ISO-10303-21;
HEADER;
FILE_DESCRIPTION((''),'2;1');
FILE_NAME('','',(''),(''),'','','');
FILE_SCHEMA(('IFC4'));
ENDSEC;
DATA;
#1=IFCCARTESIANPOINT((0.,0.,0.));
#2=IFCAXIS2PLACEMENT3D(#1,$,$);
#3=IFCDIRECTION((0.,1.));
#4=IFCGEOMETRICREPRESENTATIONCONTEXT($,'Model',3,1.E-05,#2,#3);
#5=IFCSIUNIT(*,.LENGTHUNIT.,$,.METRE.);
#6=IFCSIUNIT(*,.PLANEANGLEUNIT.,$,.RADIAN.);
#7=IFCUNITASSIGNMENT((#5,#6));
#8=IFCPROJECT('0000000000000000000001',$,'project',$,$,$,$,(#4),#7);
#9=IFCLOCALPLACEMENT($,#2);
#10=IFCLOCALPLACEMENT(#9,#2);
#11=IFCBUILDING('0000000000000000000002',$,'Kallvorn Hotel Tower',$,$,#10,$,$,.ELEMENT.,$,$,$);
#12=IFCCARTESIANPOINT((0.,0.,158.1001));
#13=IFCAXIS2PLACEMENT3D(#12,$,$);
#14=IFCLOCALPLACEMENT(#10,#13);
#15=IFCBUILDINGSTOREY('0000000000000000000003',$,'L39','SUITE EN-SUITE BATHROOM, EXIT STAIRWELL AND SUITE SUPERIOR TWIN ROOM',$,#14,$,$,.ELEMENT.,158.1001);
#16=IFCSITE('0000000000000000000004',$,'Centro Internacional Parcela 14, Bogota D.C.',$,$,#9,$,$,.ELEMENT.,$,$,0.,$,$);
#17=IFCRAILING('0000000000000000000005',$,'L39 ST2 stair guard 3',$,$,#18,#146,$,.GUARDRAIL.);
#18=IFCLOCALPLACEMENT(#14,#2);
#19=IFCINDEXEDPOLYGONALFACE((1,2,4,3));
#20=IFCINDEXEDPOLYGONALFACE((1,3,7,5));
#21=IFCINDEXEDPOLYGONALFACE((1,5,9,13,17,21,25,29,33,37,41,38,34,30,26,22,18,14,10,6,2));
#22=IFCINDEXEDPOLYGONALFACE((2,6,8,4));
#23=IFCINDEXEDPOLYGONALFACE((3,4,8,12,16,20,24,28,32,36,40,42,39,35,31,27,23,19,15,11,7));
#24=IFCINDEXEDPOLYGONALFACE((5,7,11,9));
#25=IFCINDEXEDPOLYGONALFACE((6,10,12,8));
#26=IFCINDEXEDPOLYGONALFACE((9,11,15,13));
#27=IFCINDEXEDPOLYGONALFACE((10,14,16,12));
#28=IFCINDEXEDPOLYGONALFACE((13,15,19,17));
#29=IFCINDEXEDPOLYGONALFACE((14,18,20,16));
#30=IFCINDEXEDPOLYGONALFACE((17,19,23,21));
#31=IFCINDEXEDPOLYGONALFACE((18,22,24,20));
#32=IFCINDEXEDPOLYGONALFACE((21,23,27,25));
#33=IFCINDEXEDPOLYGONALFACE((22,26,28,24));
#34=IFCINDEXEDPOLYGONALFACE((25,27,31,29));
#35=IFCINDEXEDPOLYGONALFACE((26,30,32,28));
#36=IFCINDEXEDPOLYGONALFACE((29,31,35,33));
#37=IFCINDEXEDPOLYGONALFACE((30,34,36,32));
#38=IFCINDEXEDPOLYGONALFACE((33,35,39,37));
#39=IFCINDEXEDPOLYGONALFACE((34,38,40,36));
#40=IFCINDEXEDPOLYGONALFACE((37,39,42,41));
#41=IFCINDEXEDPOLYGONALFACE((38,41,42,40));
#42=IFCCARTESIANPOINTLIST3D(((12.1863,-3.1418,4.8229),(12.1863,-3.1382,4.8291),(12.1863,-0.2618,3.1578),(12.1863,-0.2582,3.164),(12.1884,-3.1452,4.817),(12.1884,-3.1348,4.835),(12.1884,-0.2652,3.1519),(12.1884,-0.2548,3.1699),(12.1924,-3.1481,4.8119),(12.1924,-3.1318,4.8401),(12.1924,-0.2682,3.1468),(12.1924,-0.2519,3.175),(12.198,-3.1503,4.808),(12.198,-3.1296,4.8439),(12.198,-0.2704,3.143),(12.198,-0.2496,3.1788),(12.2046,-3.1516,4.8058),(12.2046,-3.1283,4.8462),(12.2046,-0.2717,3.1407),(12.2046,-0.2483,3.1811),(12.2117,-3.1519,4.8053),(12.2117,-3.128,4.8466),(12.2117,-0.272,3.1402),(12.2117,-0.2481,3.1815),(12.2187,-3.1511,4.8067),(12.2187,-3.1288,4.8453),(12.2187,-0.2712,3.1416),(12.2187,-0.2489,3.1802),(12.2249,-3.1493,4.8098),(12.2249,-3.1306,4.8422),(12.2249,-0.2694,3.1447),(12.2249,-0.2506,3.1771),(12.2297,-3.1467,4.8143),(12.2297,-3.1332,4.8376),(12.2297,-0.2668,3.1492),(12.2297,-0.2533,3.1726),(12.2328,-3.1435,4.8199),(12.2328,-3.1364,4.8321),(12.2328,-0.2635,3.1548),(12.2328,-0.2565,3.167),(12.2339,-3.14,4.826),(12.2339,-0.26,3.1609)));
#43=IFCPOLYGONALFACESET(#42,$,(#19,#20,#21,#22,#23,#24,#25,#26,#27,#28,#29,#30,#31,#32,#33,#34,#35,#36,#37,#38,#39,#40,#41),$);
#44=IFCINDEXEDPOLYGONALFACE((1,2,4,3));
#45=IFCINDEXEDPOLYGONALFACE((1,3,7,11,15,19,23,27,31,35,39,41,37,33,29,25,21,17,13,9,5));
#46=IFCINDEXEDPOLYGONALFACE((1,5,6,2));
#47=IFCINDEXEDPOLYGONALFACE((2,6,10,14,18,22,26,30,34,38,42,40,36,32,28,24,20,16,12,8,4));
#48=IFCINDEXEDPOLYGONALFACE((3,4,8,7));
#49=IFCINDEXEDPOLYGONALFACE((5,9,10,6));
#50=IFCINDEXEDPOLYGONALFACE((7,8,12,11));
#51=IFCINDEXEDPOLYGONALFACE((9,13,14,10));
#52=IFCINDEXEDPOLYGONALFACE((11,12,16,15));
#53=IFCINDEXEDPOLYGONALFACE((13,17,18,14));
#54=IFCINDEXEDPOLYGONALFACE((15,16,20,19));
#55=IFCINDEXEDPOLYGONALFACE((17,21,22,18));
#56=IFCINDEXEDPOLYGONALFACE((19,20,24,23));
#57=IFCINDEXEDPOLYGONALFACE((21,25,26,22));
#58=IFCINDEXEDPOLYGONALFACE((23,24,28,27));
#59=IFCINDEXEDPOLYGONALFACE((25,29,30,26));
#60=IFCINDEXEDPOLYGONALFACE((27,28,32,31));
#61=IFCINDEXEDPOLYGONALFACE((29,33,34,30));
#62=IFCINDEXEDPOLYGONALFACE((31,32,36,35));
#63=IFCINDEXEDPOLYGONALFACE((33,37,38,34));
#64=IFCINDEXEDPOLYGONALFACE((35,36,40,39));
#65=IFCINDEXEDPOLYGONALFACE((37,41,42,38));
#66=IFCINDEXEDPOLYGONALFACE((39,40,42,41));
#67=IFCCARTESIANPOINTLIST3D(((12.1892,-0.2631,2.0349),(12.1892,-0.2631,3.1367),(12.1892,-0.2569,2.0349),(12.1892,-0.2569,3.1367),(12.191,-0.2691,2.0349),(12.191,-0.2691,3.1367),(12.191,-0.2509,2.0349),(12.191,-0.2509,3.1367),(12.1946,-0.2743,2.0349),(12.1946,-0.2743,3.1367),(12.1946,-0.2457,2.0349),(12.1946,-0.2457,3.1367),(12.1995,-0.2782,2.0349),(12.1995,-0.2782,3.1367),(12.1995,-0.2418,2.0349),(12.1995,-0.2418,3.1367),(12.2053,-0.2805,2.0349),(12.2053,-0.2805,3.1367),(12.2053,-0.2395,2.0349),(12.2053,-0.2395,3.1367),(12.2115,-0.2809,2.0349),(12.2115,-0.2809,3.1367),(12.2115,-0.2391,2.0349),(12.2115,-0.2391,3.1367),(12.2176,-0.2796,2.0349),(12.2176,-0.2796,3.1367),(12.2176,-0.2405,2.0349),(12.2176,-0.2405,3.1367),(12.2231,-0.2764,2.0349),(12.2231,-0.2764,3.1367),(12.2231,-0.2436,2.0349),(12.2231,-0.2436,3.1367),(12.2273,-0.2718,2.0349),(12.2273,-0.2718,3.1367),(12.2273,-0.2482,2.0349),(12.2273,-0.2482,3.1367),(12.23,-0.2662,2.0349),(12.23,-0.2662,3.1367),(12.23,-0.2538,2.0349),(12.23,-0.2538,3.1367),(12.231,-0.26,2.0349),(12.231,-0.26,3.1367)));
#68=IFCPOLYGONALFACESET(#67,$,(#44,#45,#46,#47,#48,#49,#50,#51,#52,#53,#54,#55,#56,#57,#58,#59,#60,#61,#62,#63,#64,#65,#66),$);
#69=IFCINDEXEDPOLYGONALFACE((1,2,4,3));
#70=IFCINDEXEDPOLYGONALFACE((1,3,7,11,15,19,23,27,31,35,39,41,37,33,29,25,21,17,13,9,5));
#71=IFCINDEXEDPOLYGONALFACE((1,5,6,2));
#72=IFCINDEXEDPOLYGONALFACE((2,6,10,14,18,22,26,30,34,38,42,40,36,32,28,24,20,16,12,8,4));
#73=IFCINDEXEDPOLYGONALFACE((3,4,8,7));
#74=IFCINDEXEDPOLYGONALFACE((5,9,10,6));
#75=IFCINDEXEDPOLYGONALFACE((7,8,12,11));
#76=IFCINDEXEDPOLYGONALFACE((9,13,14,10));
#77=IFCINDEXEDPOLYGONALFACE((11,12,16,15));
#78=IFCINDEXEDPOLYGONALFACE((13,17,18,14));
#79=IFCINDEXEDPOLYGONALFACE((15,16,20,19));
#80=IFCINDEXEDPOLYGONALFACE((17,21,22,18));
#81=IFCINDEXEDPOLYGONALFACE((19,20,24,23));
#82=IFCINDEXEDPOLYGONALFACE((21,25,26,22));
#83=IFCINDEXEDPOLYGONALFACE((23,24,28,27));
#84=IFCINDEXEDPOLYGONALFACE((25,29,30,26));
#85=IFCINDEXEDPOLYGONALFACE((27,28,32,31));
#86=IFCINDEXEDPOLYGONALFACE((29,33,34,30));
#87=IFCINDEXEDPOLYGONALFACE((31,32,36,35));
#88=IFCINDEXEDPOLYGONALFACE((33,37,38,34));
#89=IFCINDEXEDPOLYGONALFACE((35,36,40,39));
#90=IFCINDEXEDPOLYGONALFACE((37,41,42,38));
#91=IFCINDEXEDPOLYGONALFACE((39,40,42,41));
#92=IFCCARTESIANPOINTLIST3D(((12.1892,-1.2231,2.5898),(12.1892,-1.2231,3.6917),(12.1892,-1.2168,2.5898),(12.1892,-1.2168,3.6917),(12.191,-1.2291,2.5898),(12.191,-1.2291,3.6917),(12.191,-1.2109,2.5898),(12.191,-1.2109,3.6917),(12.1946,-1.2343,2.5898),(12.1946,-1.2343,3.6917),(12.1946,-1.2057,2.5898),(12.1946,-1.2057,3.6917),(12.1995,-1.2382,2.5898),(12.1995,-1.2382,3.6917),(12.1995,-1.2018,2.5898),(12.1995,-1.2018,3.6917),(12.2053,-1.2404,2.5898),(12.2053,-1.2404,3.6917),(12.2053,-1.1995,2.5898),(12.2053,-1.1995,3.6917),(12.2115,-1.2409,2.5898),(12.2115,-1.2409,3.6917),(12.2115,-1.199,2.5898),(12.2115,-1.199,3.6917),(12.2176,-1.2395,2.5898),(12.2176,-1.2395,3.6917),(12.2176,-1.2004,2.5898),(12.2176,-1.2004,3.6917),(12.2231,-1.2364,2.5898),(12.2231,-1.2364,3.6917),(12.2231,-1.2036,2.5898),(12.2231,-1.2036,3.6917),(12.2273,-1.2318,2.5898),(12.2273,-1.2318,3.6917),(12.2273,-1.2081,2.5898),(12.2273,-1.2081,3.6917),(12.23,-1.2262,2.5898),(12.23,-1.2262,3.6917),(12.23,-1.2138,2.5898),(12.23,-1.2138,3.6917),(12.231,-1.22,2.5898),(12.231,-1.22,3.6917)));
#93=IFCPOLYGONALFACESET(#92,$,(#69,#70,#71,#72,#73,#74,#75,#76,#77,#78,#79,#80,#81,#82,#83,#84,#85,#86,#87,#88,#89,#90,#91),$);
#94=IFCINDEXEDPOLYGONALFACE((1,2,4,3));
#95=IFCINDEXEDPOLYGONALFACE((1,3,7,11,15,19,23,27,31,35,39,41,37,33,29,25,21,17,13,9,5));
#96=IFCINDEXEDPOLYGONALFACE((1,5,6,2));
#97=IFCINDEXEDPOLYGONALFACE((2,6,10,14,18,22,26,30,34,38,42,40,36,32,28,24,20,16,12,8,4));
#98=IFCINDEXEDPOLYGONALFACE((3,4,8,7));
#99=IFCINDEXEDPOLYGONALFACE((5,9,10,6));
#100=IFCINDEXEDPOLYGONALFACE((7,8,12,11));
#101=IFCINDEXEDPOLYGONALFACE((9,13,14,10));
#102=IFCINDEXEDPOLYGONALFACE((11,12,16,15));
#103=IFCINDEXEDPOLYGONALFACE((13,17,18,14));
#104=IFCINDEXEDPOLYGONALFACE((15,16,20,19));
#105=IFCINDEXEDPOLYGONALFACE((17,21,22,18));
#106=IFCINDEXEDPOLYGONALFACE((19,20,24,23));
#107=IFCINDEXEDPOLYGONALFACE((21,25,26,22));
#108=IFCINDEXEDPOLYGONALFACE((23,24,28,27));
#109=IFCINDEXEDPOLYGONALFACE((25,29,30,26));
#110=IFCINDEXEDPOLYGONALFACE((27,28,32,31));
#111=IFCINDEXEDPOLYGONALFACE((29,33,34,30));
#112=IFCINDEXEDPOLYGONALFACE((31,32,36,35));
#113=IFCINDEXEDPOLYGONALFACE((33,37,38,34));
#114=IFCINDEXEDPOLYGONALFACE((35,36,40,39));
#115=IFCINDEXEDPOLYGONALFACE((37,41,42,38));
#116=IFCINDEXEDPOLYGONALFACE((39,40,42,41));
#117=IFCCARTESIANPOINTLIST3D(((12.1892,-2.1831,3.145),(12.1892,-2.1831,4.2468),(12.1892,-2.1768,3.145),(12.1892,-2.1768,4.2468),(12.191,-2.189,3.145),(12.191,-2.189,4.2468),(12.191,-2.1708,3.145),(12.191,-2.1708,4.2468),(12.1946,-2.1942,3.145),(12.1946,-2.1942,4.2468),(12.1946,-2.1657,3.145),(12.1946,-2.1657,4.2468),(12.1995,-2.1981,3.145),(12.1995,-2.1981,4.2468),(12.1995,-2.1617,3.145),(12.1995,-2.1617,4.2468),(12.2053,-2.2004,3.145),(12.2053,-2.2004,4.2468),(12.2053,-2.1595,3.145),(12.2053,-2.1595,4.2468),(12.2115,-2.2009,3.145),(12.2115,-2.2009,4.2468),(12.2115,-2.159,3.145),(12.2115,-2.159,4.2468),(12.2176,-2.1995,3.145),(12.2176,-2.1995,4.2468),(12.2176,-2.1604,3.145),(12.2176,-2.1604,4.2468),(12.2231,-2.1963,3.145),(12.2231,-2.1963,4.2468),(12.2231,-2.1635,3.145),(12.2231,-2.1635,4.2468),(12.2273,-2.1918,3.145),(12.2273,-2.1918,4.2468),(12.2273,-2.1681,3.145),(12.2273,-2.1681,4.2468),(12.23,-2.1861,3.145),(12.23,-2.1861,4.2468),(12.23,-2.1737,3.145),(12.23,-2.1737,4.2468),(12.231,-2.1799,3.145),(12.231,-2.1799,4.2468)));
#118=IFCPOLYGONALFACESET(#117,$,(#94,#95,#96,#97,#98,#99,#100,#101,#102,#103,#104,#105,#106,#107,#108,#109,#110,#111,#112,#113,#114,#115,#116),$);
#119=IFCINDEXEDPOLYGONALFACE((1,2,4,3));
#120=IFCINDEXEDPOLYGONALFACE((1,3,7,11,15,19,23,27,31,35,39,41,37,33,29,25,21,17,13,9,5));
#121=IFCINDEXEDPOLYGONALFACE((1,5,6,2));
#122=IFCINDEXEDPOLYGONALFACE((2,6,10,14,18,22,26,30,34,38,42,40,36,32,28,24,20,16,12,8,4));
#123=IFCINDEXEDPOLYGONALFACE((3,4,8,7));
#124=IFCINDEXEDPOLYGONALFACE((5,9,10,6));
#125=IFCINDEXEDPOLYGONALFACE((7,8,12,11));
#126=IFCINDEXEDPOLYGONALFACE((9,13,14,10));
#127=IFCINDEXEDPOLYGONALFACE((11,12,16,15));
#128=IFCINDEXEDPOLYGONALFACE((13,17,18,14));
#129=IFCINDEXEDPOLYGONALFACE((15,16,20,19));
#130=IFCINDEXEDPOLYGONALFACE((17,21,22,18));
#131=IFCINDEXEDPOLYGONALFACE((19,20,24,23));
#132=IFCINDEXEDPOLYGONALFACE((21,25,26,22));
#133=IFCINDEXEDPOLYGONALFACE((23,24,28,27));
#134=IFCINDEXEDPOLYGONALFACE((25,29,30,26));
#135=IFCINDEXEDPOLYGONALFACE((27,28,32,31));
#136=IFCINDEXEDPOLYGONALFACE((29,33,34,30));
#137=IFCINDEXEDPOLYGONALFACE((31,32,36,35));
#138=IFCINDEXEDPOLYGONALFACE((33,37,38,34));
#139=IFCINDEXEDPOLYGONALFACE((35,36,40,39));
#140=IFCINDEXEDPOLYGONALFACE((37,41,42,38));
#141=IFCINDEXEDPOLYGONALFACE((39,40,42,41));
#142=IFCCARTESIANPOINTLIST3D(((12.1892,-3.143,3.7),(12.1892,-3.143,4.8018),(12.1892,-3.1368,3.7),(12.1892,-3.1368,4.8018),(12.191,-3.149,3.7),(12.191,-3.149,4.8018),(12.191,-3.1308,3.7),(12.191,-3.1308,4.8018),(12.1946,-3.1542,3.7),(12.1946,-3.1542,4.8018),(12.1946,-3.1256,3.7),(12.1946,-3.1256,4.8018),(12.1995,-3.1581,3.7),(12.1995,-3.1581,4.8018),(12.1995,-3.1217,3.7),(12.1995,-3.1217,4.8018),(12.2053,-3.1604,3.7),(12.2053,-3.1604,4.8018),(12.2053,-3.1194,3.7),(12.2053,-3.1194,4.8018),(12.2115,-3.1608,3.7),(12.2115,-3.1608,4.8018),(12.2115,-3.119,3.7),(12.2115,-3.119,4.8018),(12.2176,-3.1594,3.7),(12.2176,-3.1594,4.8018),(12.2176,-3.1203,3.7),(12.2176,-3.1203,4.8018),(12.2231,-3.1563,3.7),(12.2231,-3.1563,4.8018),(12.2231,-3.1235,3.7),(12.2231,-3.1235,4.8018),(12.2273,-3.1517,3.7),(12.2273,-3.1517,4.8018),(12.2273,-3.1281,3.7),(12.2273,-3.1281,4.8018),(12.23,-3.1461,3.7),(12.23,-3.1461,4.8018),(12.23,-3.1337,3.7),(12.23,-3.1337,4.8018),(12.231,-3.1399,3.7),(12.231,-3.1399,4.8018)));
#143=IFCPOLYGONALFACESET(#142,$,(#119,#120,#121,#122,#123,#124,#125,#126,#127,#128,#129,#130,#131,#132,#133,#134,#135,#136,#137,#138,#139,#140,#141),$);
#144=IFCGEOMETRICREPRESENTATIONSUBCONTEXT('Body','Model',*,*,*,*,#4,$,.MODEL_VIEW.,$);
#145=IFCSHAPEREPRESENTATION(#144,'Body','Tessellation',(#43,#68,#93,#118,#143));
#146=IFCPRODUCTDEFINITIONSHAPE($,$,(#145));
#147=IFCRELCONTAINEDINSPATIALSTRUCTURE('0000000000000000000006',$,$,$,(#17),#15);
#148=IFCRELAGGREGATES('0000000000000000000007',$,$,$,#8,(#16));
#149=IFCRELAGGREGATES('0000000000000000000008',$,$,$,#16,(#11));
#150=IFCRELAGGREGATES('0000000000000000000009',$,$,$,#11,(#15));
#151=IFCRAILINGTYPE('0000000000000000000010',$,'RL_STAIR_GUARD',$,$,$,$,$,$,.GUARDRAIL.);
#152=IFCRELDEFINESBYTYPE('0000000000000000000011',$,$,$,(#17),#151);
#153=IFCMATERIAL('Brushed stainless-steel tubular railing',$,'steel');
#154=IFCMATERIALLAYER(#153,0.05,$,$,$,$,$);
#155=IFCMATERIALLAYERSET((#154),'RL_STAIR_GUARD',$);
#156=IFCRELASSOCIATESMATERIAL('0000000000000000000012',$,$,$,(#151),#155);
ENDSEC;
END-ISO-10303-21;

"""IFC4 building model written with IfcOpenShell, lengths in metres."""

from ifc_helpers import new_model, si_unit, direction, frame, origin, origin_2d, place, context, subcontext, project, spatial, circle, extrude, material, layer, layer_set, type_object, element, save


model = new_model("IFC4")

# Units and contexts
model_context = context("Model", 3, precision=1e-05, world=origin(), true_north=direction((0.0, 1.0)))
body_context = subcontext(model_context, "Body", "Model", "MODEL_VIEW")
ifc_project = project(units=[si_unit("LENGTHUNIT", "METRE"), si_unit("PLANEANGLEUNIT", "RADIAN")], contexts=[model_context])

# Site, building, storey
site_placement = place(None, origin())
site = spatial("IfcSite", under=ifc_project, at=site_placement, Name="Centro Internacional Parcela 14, Bogota D.C.", CompositionType="ELEMENT", RefElevation=0.0)
building_placement = place(site_placement, origin())
building = spatial("IfcBuilding", under=site, at=building_placement, Name="Kallvorn Hotel Tower", CompositionType="ELEMENT")
storey_placement = place(building_placement, frame((0.0, 0.0, 158.1001)))
storey = spatial("IfcBuildingStorey", under=building, at=storey_placement, Name="L39", Description="SUITE EN-SUITE BATHROOM, EXIT STAIRWELL AND SUITE SUPERIOR TWIN ROOM", CompositionType="ELEMENT", Elevation=158.1001)

# Railing
ifc_material_1 = material(Name="Brushed stainless-steel tubular railing", Category="steel")
ifc_layer_1 = layer(ifc_material_1, 0.05)
ifc_layer_set_1 = layer_set([ifc_layer_1], Name="RL_STAIR_GUARD")
railing_type_1 = type_object("IfcRailingType", Name="RL_STAIR_GUARD", PredefinedType="GUARDRAIL", material=ifc_layer_set_1)
railing_1_placement = place(storey_placement, frame((12.21, -0.26, 2.0349)))
element("IfcRailing", 1, at=railing_1_placement, inside=storey, type_object=railing_type_1, Name="L39 ST2 stair guard 3", PredefinedType="GUARDRAIL", context=body_context, shape_type="SweptSolid", body=[
    extrude(circle(Radius=0.0239, at=origin_2d()), frame((0.0, 0.0, 1.126), z_axis=(0.0, -0.865721, 0.500527), x_axis=(1.0, 0.0, 0.0)), (0.0, 0.0, 1.0), 3.3267),
    extrude(circle(Radius=0.021, at=origin_2d()), origin(), (0.0, 0.0, 1.0), 1.1018),
    extrude(circle(Radius=0.021, at=origin_2d()), frame((0.0, -0.96, 0.5549)), (0.0, 0.0, 1.0), 1.1018),
    extrude(circle(Radius=0.021, at=origin_2d()), frame((0.0, -1.9199, 1.1101)), (0.0, 0.0, 1.0), 1.1018),
    extrude(circle(Radius=0.021, at=origin_2d()), frame((0.0, -2.8799, 1.665)), (0.0, 0.0, 1.0), 1.1018),
])

save(model, "model.ifc")
